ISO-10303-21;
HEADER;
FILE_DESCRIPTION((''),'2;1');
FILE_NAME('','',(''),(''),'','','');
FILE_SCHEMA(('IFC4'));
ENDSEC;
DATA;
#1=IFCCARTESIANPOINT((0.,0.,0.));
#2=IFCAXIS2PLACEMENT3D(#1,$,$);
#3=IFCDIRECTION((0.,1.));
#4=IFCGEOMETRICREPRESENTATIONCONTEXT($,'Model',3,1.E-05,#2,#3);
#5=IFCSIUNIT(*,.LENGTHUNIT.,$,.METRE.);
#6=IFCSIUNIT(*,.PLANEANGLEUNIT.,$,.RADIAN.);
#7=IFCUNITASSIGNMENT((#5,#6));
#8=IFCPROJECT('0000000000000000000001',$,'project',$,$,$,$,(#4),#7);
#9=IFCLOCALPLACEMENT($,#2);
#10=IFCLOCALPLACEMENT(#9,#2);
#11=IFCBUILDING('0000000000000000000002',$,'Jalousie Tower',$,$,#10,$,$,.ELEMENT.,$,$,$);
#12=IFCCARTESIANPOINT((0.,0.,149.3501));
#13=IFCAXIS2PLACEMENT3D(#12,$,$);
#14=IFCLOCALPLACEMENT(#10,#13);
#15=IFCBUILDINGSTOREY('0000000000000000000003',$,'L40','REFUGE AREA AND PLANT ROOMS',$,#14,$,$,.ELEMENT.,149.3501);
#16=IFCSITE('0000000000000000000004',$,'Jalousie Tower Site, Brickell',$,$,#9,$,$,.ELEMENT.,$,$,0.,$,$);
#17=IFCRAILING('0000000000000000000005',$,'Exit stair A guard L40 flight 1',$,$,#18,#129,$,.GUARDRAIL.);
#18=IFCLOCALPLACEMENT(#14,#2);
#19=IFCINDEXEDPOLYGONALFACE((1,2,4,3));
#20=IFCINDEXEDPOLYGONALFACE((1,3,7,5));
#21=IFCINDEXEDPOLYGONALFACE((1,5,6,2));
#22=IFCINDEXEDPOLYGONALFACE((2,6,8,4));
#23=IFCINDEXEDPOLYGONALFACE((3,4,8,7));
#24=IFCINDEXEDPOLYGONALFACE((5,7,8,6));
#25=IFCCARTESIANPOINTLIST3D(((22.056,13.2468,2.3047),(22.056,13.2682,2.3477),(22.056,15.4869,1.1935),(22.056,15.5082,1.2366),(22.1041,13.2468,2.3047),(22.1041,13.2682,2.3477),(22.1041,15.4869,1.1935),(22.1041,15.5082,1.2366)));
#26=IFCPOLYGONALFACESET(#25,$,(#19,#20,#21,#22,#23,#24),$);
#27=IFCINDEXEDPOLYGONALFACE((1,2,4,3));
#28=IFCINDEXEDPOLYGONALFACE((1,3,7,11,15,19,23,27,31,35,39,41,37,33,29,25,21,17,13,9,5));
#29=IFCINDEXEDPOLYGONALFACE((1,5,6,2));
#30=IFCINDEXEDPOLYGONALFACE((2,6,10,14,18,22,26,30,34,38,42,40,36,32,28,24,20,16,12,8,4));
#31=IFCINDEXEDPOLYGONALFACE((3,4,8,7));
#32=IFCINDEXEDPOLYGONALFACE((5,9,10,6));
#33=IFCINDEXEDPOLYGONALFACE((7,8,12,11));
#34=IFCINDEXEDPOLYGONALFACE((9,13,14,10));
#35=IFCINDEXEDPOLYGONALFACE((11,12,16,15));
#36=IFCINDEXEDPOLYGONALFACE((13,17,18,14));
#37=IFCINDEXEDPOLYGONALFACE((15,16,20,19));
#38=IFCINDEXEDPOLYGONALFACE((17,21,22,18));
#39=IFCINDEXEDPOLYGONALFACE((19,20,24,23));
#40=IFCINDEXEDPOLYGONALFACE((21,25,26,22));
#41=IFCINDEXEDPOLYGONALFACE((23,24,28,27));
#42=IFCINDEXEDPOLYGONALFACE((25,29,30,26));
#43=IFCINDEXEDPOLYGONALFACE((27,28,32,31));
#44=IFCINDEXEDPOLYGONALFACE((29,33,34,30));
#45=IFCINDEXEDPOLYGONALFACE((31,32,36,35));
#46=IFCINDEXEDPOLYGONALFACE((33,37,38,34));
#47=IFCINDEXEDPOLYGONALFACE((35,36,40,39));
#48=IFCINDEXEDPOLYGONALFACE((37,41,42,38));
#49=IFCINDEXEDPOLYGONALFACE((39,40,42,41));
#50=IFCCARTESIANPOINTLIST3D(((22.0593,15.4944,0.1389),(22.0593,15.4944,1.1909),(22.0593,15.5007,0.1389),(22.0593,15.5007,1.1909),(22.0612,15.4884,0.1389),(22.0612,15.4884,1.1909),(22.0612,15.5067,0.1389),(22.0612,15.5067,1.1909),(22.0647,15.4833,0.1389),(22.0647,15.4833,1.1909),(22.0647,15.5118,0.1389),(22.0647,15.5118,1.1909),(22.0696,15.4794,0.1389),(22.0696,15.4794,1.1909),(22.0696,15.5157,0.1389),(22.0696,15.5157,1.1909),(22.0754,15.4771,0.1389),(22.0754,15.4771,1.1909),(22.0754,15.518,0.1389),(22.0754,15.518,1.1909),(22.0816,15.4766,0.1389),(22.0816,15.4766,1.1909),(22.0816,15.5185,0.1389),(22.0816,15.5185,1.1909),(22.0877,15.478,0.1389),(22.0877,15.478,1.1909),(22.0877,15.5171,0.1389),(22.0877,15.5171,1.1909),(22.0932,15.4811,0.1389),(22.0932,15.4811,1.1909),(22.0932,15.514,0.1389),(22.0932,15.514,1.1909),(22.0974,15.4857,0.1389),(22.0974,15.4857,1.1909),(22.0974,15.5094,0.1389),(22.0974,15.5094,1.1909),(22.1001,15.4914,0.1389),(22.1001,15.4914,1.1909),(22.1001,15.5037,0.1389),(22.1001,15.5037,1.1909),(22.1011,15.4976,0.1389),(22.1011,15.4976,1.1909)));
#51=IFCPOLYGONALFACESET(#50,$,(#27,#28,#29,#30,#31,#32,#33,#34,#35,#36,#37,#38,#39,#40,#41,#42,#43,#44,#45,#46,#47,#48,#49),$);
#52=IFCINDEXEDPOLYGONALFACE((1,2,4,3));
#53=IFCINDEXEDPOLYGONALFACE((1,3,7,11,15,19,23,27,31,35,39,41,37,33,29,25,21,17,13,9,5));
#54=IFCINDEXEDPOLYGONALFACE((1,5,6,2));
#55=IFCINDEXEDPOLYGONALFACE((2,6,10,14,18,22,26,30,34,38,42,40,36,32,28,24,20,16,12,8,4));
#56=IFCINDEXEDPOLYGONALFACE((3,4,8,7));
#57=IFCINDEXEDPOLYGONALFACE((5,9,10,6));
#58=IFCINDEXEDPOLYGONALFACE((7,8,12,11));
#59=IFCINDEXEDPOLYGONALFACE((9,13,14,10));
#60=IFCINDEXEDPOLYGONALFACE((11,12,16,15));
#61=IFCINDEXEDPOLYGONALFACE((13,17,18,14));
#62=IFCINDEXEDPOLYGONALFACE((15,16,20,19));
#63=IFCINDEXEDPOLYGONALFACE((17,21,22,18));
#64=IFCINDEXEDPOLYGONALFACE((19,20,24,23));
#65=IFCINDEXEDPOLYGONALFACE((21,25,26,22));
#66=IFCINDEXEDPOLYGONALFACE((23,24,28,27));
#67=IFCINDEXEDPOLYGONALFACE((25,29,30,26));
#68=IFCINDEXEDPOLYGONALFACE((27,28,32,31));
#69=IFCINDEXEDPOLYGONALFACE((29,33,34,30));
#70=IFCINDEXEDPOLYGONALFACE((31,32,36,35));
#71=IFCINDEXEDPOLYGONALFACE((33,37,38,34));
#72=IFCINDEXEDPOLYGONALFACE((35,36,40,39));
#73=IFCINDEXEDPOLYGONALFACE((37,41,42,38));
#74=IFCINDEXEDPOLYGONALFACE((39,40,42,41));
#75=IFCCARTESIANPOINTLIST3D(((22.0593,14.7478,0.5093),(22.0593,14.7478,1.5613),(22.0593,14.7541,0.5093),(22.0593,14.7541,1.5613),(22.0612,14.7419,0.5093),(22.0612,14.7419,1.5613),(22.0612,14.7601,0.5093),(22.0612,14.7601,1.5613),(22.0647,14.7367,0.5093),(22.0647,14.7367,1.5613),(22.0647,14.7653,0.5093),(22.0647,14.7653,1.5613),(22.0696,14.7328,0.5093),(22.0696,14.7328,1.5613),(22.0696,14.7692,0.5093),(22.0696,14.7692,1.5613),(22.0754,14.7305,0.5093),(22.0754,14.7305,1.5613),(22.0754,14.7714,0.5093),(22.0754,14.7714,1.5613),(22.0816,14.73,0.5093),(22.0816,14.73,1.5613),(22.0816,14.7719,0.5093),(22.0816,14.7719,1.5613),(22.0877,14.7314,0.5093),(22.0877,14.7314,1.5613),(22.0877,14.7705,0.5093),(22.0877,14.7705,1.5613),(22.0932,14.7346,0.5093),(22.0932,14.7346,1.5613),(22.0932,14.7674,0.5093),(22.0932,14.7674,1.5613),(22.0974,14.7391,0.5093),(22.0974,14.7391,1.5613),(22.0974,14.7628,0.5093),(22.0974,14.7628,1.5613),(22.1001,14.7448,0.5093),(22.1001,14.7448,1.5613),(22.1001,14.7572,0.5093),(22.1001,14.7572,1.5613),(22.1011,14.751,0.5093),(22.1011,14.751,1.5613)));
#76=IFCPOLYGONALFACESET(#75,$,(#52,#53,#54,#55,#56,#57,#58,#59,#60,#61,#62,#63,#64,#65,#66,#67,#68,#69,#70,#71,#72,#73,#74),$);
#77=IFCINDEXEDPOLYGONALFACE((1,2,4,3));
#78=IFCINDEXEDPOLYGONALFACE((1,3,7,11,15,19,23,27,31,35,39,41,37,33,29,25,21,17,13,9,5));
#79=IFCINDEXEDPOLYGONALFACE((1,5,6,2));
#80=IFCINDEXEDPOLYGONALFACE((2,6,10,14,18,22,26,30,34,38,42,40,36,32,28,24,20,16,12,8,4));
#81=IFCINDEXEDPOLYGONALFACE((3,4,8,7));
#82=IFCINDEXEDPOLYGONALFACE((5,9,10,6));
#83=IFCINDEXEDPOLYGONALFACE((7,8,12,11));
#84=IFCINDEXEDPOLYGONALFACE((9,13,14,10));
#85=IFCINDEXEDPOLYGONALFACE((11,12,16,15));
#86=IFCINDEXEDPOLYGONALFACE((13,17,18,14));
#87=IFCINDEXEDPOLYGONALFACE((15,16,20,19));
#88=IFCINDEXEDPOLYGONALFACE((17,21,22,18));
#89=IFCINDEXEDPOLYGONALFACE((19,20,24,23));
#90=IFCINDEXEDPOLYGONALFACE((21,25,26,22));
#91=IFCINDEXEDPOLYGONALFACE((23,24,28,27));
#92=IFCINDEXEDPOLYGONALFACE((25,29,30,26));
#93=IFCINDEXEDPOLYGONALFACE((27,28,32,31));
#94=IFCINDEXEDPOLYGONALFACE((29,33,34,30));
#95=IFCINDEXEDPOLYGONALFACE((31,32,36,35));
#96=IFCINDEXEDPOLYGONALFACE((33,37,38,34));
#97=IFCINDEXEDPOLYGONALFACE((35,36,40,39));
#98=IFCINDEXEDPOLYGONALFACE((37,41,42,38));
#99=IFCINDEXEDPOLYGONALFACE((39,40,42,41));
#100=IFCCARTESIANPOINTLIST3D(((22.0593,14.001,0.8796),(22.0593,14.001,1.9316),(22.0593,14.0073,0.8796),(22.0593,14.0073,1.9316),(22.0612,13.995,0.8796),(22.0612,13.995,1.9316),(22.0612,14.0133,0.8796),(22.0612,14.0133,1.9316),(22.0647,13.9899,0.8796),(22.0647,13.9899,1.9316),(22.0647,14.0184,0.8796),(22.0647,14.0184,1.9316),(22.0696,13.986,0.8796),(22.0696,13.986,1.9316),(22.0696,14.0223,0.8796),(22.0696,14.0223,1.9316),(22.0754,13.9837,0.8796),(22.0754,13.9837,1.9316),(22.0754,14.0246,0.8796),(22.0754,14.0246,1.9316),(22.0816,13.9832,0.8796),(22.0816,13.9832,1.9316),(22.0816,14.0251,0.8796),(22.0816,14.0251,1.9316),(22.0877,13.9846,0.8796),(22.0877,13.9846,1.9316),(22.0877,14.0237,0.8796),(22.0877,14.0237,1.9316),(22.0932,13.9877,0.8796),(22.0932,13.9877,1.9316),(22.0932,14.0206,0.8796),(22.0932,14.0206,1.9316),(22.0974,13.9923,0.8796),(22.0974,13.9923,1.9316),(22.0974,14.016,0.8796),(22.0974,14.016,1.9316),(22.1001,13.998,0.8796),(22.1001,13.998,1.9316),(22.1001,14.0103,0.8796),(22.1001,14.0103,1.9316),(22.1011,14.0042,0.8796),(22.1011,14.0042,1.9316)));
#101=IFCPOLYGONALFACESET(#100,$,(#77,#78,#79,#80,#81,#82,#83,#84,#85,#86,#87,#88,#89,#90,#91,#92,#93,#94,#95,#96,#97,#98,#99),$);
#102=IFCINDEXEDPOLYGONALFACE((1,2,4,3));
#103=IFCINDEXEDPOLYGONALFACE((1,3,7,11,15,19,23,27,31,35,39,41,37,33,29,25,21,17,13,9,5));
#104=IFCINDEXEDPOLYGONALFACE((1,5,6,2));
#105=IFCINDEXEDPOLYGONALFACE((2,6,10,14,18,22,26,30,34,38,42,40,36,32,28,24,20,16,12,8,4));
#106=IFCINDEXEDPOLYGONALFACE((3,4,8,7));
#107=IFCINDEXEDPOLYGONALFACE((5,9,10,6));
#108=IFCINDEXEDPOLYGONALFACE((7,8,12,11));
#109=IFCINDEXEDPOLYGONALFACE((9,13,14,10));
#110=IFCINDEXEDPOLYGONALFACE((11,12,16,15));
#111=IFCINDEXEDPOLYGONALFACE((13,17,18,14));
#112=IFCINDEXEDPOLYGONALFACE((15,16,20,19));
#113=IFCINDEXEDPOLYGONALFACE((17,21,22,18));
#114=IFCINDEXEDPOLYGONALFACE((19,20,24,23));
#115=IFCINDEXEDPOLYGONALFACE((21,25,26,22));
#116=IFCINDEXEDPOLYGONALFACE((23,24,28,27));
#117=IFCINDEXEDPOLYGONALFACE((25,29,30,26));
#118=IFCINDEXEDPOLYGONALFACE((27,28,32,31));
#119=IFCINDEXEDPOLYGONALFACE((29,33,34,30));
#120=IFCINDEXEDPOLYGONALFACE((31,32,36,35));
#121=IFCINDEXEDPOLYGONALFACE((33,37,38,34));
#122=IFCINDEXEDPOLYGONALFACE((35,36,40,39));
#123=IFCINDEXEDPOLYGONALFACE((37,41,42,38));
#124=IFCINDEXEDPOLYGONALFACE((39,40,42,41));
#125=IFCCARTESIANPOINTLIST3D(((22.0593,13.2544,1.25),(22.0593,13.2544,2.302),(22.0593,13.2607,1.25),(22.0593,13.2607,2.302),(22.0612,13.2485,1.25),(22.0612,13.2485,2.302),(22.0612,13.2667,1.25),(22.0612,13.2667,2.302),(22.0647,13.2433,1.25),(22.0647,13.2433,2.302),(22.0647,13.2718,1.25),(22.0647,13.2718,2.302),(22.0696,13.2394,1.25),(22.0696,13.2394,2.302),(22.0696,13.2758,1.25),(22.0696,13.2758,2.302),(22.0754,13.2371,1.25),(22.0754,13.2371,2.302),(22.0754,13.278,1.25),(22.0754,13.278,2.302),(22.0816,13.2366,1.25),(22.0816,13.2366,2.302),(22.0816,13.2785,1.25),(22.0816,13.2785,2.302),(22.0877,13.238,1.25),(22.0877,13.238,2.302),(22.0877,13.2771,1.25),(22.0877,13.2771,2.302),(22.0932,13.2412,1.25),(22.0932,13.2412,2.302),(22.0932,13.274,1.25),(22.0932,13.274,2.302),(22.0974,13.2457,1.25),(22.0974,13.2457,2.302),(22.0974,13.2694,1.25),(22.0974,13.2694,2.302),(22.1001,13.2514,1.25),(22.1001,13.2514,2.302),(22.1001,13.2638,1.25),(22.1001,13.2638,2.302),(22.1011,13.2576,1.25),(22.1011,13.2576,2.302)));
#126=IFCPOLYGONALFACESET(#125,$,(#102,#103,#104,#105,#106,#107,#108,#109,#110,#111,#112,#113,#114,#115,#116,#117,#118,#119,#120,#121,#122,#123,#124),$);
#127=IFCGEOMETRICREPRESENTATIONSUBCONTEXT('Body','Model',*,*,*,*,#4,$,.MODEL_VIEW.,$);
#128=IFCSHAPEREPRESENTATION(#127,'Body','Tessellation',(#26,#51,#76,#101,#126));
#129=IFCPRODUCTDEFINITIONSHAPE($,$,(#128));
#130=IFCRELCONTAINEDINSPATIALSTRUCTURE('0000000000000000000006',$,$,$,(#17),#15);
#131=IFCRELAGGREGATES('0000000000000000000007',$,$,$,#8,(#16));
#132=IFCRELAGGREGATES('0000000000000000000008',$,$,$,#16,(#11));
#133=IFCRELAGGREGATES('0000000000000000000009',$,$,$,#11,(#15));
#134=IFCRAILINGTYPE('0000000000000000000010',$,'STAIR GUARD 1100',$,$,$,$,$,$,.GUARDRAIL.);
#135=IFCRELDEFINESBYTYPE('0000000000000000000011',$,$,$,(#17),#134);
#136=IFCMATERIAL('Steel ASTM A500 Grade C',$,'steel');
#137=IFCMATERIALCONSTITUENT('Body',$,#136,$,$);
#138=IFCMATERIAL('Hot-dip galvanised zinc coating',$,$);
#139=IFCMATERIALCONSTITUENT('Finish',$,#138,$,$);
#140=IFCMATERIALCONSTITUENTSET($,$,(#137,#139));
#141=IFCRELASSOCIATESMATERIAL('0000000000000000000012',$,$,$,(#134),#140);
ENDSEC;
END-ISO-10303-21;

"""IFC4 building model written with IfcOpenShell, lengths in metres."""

from ifc_helpers import new_model, si_unit, direction, frame, origin, origin_2d, place, context, subcontext, project, spatial, rectangle, circle, extrude, material, constituent, constituent_set, type_object, element, save


model = new_model("IFC4")

# Units and contexts
model_context = context("Model", 3, precision=1e-05, world=origin(), true_north=direction((0.0, 1.0)))
body_context = subcontext(model_context, "Body", "Model", "MODEL_VIEW")
ifc_project = project(units=[si_unit("LENGTHUNIT", "METRE"), si_unit("PLANEANGLEUNIT", "RADIAN")], contexts=[model_context])

# Site, building, storey
site_placement = place(None, origin())
site = spatial("IfcSite", under=ifc_project, at=site_placement, Name="Jalousie Tower Site, Brickell", CompositionType="ELEMENT", RefElevation=0.0)
building_placement = place(site_placement, origin())
building = spatial("IfcBuilding", under=site, at=building_placement, Name="Jalousie Tower", CompositionType="ELEMENT")
storey_placement = place(building_placement, frame((0.0, 0.0, 149.3501)))
storey = spatial("IfcBuildingStorey", under=building, at=storey_placement, Name="L40", Description="REFUGE AREA AND PLANT ROOMS", CompositionType="ELEMENT", Elevation=149.3501)

# Railing
ifc_material_1 = material(Name="Steel ASTM A500 Grade C", Category="steel")
ifc_constituent_1 = constituent(ifc_material_1, Name="Body")
ifc_material_2 = material(Name="Hot-dip galvanised zinc coating")
ifc_constituent_2 = constituent(ifc_material_2, Name="Finish")
ifc_constituent_set_1 = constituent_set(constituents=[ifc_constituent_1, ifc_constituent_2])
railing_type_1 = type_object("IfcRailingType", Name="STAIR GUARD 1100", PredefinedType="GUARDRAIL", material=ifc_constituent_set_1)
railing_1_placement = place(storey_placement, frame((22.0801, 15.4976, 0.1389)))
element("IfcRailing", 1, at=railing_1_placement, inside=storey, type_object=railing_type_1, Name="Exit stair A guard L40 flight 1", PredefinedType="GUARDRAIL", context=body_context, shape_type="SweptSolid", body=[
    extrude(rectangle(XDim=0.0481, YDim=0.0481, at=origin_2d()), frame((0.0, 0.0, 1.0762), z_axis=(0.0, -0.895848, 0.44436), x_axis=(1.0, 0.0, 0.0)), (0.0, 0.0, 1.0), 2.5005),
    extrude(circle(Radius=0.021, at=origin_2d()), origin(), (0.0, 0.0, 1.0), 1.052),
    extrude(circle(Radius=0.021, at=origin_2d()), frame((0.0, -0.7466, 0.3704)), (0.0, 0.0, 1.0), 1.052),
    extrude(circle(Radius=0.021, at=origin_2d()), frame((0.0, -1.4934, 0.7407)), (0.0, 0.0, 1.0), 1.052),
    extrude(circle(Radius=0.021, at=origin_2d()), frame((0.0, -2.24, 1.1111)), (0.0, 0.0, 1.0), 1.052),
])

save(model, "model.ifc")
